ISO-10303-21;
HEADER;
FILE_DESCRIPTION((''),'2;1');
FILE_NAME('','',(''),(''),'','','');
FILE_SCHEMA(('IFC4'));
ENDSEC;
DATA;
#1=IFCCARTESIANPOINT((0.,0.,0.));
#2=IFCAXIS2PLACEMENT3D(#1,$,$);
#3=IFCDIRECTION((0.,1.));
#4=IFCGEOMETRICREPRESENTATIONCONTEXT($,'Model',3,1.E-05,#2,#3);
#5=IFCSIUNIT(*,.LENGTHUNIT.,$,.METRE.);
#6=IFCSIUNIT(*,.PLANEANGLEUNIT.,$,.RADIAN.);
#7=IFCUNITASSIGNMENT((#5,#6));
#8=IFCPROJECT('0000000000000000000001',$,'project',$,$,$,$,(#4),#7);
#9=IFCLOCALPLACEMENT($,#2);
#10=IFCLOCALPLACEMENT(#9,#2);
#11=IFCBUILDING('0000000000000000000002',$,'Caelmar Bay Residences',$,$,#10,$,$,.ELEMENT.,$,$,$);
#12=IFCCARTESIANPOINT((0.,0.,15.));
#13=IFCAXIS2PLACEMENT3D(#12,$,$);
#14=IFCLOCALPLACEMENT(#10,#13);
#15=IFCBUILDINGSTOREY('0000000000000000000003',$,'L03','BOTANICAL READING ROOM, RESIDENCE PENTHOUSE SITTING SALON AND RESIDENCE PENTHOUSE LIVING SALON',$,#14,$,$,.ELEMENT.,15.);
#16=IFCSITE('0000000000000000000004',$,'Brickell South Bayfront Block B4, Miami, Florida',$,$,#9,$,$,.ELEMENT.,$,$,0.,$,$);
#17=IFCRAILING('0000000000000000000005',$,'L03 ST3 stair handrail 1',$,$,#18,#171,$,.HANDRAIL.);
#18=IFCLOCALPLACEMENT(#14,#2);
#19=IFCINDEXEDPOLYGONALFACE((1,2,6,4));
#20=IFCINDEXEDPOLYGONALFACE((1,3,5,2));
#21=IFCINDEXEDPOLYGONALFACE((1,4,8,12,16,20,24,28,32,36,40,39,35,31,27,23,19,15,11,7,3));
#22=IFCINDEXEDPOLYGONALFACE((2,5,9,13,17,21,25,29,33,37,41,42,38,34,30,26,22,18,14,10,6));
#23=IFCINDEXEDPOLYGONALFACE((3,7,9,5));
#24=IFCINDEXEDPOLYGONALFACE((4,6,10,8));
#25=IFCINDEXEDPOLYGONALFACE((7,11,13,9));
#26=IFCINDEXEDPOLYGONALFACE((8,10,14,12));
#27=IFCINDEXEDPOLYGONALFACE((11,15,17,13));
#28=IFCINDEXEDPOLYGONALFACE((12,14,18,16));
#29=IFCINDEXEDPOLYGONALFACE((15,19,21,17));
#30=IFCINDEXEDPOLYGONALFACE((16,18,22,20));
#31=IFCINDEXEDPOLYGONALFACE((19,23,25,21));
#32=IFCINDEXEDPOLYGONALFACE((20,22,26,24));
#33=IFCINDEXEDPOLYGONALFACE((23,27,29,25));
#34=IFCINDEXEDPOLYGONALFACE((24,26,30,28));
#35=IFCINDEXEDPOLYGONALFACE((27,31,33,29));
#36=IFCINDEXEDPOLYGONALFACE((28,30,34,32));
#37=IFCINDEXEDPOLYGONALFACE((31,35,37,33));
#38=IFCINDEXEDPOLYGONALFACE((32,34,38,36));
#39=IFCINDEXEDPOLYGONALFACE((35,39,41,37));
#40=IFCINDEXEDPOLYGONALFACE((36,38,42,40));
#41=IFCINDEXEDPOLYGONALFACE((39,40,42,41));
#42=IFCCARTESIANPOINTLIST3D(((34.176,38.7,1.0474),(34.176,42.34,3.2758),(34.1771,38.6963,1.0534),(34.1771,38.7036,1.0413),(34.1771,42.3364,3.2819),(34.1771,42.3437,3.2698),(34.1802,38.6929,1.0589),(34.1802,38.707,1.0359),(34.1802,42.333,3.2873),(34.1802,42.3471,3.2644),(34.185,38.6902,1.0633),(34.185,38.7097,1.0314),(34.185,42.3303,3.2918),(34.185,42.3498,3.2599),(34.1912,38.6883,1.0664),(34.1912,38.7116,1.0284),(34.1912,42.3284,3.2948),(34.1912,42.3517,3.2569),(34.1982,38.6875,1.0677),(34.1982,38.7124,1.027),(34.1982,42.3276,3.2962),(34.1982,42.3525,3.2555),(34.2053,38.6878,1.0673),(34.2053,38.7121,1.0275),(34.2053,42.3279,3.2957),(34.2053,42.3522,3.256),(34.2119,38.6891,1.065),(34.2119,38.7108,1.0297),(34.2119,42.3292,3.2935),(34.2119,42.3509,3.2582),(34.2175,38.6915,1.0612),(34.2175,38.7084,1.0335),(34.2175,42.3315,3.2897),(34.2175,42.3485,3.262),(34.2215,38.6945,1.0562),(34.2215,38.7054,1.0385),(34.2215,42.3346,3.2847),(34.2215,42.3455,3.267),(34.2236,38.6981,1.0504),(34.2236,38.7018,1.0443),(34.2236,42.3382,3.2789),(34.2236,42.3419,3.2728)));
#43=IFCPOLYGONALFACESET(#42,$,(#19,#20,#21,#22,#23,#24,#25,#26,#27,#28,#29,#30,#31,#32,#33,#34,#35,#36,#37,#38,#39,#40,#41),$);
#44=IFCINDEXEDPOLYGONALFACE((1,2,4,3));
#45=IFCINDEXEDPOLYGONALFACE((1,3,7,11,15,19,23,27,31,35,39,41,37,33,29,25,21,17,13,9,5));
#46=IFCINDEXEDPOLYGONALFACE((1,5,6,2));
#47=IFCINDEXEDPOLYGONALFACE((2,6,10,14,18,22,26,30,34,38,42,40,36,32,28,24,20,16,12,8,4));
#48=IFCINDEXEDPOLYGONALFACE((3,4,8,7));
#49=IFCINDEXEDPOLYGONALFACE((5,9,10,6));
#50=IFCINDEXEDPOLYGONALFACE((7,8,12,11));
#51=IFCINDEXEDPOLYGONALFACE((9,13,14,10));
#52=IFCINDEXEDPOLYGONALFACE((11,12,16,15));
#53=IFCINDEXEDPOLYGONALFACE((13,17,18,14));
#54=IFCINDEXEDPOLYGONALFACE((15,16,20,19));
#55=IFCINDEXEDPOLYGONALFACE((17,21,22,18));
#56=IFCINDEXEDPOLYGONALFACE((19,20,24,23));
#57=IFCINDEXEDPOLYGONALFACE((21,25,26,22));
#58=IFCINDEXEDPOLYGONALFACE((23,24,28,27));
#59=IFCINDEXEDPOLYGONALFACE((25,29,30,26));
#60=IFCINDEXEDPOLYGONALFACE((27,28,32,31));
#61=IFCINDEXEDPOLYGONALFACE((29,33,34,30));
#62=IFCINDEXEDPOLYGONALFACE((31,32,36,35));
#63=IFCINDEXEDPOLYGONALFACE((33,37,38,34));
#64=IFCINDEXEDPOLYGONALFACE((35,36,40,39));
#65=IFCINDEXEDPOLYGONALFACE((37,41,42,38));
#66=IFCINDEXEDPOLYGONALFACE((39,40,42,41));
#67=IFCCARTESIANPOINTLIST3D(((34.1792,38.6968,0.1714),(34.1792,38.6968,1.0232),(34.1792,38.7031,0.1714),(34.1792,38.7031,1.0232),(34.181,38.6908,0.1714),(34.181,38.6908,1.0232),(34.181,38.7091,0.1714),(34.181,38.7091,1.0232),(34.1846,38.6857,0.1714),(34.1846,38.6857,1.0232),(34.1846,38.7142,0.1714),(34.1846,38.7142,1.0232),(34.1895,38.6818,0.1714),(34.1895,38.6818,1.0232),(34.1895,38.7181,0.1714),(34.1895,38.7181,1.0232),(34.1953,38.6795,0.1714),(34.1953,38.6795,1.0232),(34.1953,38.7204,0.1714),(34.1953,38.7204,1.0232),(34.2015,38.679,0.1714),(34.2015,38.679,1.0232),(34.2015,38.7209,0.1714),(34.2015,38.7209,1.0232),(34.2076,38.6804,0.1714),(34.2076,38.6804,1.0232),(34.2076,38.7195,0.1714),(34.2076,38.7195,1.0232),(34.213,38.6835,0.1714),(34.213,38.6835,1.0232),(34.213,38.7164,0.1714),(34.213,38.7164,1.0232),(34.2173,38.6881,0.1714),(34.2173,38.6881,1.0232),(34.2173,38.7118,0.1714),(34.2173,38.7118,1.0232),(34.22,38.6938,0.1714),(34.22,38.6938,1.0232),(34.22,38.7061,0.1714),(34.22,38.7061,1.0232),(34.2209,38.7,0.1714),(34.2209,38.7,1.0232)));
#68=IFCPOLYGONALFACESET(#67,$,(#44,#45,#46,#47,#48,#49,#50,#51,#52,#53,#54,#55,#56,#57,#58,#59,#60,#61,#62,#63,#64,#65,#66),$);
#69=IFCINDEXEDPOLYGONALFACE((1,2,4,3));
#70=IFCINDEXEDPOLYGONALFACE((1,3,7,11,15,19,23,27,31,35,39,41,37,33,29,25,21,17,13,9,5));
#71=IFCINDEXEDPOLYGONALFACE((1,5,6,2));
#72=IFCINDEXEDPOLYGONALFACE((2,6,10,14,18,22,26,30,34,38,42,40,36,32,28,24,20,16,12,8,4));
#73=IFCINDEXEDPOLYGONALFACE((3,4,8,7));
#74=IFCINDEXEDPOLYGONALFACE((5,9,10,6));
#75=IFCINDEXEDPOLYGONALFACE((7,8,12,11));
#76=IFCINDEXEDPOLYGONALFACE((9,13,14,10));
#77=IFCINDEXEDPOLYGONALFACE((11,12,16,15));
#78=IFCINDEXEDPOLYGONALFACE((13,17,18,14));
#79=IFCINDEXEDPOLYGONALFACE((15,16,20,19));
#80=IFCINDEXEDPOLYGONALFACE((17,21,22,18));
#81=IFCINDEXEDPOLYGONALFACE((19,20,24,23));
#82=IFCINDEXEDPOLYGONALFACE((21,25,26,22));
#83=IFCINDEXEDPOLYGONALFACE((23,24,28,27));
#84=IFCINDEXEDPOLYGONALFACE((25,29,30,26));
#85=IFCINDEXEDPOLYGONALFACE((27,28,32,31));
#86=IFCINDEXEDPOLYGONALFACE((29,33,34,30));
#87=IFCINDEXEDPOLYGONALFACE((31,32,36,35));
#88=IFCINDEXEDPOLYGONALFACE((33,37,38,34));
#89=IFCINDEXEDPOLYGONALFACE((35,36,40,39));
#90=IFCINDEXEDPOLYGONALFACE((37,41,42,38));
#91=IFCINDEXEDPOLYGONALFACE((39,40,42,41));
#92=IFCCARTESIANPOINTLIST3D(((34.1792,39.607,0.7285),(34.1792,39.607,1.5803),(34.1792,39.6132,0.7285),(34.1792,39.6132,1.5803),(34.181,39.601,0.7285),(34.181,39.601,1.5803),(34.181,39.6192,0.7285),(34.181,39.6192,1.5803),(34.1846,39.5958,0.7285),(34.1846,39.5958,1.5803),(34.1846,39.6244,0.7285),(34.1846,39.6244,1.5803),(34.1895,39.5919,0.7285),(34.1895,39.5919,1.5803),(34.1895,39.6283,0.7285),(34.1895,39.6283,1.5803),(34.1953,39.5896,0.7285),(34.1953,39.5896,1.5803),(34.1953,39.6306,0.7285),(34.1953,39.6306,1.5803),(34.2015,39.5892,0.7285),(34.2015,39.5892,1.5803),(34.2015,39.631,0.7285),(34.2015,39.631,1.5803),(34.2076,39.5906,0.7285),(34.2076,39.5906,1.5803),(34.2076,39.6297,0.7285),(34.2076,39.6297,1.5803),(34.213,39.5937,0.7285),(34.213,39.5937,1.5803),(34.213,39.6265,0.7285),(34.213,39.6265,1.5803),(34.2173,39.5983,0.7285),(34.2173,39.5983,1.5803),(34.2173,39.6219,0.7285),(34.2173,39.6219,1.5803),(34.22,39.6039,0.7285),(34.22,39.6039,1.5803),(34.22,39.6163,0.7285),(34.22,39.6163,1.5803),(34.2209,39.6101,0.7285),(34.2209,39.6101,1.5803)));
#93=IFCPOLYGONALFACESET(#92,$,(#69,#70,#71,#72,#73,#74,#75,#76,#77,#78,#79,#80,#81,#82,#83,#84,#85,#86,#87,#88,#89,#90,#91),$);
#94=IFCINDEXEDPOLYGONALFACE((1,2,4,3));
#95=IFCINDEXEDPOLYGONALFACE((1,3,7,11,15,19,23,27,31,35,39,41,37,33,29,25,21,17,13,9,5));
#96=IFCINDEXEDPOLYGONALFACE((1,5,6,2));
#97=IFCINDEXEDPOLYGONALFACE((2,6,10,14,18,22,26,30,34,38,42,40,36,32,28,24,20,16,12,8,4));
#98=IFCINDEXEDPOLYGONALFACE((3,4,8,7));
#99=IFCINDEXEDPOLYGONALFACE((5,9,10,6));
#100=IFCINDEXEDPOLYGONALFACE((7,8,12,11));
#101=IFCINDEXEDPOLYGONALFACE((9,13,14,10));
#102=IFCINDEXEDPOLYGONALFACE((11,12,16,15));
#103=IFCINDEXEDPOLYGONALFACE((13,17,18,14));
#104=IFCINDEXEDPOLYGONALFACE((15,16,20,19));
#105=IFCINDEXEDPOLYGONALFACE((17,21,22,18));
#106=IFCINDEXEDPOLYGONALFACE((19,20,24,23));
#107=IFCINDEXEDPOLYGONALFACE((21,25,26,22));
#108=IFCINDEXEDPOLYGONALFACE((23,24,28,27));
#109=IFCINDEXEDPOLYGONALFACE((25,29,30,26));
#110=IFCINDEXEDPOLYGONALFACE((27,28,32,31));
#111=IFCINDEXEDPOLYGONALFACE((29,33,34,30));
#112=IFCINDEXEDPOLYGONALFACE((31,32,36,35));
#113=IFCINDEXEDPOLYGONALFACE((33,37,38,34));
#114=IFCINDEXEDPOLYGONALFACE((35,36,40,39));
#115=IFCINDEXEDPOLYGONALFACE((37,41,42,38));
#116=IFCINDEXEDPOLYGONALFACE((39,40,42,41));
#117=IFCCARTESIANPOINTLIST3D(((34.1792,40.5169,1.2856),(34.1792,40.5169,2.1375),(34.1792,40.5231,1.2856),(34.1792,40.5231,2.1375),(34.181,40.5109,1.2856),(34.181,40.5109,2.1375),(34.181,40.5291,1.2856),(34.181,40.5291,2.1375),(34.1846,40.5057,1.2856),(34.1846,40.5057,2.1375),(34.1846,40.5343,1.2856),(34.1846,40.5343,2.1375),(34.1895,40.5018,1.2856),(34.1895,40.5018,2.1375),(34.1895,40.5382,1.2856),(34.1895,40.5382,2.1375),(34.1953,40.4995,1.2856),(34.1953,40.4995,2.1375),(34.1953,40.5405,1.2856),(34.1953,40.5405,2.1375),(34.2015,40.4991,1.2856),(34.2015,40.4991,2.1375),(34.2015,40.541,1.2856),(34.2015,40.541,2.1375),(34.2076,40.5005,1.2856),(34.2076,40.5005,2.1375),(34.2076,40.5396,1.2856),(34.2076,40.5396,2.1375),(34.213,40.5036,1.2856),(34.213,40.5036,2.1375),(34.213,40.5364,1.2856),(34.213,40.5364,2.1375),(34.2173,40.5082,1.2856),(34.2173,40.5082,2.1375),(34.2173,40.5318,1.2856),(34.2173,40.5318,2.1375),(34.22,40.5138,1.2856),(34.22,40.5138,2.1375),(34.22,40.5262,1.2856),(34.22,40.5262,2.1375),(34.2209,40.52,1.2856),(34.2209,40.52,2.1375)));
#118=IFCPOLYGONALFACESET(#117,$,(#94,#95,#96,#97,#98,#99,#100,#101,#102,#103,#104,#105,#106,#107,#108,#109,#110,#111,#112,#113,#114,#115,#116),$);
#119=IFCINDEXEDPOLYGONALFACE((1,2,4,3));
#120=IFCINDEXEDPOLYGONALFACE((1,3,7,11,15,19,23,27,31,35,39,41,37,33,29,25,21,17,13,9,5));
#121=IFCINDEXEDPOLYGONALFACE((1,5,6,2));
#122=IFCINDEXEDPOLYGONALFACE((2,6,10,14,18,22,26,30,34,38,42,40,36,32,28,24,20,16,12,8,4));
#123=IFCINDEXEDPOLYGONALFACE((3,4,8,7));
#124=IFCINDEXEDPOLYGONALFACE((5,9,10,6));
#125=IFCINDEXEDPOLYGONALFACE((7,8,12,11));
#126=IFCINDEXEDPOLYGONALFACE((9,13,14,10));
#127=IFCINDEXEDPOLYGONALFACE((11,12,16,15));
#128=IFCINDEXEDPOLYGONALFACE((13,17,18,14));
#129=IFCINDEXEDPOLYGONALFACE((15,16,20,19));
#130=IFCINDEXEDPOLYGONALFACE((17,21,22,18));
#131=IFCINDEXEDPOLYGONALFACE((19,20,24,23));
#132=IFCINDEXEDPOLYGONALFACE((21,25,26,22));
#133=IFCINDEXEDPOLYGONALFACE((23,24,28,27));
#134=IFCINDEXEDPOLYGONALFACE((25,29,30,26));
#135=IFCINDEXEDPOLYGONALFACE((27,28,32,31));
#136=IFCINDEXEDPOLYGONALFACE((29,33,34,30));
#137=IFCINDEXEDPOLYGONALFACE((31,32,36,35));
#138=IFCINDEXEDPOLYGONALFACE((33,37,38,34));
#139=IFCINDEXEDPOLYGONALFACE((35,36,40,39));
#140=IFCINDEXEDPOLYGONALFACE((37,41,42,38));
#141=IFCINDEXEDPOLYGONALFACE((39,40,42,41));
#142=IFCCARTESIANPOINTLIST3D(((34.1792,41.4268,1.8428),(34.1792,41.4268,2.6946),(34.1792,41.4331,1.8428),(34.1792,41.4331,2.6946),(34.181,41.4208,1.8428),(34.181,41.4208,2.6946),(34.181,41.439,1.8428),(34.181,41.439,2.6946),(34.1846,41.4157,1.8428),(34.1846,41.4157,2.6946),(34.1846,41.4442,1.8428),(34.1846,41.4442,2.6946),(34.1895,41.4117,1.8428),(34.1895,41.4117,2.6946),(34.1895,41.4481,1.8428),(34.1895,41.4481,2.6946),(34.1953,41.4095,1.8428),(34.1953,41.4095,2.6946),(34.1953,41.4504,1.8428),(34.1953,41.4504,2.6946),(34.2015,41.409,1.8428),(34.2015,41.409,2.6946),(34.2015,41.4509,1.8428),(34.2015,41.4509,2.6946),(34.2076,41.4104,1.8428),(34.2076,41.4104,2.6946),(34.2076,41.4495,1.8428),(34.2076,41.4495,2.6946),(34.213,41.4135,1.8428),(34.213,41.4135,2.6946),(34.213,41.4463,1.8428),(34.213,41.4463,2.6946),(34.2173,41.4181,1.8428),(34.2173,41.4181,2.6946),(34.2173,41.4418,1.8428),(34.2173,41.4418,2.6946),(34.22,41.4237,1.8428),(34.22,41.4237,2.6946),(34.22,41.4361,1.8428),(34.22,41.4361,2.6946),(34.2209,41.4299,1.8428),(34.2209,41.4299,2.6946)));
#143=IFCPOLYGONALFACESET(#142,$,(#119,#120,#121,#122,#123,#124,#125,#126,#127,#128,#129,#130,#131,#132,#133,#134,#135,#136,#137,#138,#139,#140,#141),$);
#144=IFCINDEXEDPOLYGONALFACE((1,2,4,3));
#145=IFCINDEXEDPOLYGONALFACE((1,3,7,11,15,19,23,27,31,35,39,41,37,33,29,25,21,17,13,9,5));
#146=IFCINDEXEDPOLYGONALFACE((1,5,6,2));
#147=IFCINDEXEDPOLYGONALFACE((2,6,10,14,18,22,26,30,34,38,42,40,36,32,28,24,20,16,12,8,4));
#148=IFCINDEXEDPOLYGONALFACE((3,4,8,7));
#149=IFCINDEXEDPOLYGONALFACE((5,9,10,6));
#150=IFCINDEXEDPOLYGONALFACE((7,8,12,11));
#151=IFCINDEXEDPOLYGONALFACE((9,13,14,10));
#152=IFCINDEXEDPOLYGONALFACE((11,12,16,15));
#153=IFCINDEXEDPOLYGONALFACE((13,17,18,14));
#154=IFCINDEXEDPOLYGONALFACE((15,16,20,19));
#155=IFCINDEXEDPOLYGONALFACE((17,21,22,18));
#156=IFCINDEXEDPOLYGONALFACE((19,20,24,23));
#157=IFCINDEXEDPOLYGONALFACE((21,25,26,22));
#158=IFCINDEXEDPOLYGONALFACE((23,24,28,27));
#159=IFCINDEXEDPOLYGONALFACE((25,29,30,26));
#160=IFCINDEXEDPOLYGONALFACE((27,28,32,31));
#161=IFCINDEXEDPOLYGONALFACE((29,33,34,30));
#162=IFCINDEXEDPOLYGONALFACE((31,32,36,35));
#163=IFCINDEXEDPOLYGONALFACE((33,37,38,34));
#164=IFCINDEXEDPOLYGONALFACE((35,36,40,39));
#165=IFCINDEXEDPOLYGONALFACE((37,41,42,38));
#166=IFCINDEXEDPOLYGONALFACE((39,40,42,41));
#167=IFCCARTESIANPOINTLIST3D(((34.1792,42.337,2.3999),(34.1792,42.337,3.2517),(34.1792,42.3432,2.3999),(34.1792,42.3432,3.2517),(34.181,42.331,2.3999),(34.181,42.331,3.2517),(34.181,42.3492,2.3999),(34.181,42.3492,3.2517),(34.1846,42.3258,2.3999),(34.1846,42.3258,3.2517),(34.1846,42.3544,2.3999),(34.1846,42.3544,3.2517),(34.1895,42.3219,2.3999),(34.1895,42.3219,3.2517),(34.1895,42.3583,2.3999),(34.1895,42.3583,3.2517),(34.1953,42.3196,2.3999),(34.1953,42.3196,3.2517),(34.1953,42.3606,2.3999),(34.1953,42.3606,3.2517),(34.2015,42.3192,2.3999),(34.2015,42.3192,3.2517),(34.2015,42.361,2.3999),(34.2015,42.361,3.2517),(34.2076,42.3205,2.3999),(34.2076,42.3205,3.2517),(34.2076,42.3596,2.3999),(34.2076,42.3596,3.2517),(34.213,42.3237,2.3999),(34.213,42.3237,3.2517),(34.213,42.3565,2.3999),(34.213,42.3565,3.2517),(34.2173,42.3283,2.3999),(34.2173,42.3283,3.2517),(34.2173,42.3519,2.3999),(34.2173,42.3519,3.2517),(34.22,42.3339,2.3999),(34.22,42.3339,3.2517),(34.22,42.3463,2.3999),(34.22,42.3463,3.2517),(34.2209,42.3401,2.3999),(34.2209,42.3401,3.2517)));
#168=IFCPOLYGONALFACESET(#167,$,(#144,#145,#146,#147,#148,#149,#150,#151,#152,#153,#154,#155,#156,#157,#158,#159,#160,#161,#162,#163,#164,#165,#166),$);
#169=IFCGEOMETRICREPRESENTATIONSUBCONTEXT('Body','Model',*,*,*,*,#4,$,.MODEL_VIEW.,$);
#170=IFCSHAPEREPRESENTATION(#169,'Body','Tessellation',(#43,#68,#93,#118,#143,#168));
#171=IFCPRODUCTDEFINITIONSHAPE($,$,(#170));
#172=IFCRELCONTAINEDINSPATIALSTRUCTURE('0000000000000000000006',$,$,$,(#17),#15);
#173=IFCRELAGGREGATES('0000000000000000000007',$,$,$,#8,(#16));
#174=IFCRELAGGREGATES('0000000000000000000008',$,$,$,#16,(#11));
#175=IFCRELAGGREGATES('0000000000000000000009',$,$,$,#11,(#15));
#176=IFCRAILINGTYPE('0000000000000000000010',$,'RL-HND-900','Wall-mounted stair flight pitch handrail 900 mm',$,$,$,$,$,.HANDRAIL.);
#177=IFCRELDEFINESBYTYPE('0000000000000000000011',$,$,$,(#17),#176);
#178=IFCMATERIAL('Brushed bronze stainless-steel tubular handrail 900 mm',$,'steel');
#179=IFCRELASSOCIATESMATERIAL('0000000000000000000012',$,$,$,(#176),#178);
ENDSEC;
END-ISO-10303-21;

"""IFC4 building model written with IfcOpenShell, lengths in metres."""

from ifc_helpers import new_model, si_unit, direction, frame, origin, origin_2d, place, context, subcontext, project, spatial, circle, extrude, material, type_object, element, save


model = new_model("IFC4")

# Units and contexts
model_context = context("Model", 3, precision=1e-05, world=origin(), true_north=direction((0.0, 1.0)))
body_context = subcontext(model_context, "Body", "Model", "MODEL_VIEW")
ifc_project = project(units=[si_unit("LENGTHUNIT", "METRE"), si_unit("PLANEANGLEUNIT", "RADIAN")], contexts=[model_context])

# Site, building, storey
site_placement = place(None, origin())
site = spatial("IfcSite", under=ifc_project, at=site_placement, Name="Brickell South Bayfront Block B4, Miami, Florida", CompositionType="ELEMENT", RefElevation=0.0)
building_placement = place(site_placement, origin())
building = spatial("IfcBuilding", under=site, at=building_placement, Name="Caelmar Bay Residences", CompositionType="ELEMENT")
storey_placement = place(building_placement, frame((0.0, 0.0, 15.0)))
storey = spatial("IfcBuildingStorey", under=building, at=storey_placement, Name="L03", Description="BOTANICAL READING ROOM, RESIDENCE PENTHOUSE SITTING SALON AND RESIDENCE PENTHOUSE LIVING SALON", CompositionType="ELEMENT", Elevation=15.0)

# Railing
ifc_material_1 = material(Name="Brushed bronze stainless-steel tubular handrail 900 mm", Category="steel")
railing_type_1 = type_object("IfcRailingType", Name="RL-HND-900", Description="Wall-mounted stair flight pitch handrail 900 mm", PredefinedType="HANDRAIL", material=ifc_material_1)
railing_1_placement = place(storey_placement, frame((34.2, 38.7, 0.1714)))
element("IfcRailing", 1, at=railing_1_placement, inside=storey, type_object=railing_type_1, Name="L03 ST3 stair handrail 1", PredefinedType="HANDRAIL", context=body_context, shape_type="SweptSolid", body=[
    extrude(circle(Radius=0.0239, at=origin_2d()), frame((0.0, 0.0, 0.876), z_axis=(0.0, 0.852866, 0.52213), x_axis=(-1.0, 0.0, 0.0)), (0.0, 0.0, 1.0), 4.2681),
    extrude(circle(Radius=0.021, at=origin_2d()), origin(), (0.0, 0.0, 1.0), 0.8518),
    extrude(circle(Radius=0.021, at=origin_2d()), frame((0.0, 0.9102, 0.5571)), (0.0, 0.0, 1.0), 0.8518),
    extrude(circle(Radius=0.021, at=origin_2d()), frame((0.0, 1.8201, 1.1143)), (0.0, 0.0, 1.0), 0.8518),
    extrude(circle(Radius=0.021, at=origin_2d()), frame((0.0, 2.73, 1.6714)), (0.0, 0.0, 1.0), 0.8518),
    extrude(circle(Radius=0.021, at=origin_2d()), frame((0.0, 3.6401, 2.2285)), (0.0, 0.0, 1.0), 0.8518),
])

save(model, "model.ifc")
